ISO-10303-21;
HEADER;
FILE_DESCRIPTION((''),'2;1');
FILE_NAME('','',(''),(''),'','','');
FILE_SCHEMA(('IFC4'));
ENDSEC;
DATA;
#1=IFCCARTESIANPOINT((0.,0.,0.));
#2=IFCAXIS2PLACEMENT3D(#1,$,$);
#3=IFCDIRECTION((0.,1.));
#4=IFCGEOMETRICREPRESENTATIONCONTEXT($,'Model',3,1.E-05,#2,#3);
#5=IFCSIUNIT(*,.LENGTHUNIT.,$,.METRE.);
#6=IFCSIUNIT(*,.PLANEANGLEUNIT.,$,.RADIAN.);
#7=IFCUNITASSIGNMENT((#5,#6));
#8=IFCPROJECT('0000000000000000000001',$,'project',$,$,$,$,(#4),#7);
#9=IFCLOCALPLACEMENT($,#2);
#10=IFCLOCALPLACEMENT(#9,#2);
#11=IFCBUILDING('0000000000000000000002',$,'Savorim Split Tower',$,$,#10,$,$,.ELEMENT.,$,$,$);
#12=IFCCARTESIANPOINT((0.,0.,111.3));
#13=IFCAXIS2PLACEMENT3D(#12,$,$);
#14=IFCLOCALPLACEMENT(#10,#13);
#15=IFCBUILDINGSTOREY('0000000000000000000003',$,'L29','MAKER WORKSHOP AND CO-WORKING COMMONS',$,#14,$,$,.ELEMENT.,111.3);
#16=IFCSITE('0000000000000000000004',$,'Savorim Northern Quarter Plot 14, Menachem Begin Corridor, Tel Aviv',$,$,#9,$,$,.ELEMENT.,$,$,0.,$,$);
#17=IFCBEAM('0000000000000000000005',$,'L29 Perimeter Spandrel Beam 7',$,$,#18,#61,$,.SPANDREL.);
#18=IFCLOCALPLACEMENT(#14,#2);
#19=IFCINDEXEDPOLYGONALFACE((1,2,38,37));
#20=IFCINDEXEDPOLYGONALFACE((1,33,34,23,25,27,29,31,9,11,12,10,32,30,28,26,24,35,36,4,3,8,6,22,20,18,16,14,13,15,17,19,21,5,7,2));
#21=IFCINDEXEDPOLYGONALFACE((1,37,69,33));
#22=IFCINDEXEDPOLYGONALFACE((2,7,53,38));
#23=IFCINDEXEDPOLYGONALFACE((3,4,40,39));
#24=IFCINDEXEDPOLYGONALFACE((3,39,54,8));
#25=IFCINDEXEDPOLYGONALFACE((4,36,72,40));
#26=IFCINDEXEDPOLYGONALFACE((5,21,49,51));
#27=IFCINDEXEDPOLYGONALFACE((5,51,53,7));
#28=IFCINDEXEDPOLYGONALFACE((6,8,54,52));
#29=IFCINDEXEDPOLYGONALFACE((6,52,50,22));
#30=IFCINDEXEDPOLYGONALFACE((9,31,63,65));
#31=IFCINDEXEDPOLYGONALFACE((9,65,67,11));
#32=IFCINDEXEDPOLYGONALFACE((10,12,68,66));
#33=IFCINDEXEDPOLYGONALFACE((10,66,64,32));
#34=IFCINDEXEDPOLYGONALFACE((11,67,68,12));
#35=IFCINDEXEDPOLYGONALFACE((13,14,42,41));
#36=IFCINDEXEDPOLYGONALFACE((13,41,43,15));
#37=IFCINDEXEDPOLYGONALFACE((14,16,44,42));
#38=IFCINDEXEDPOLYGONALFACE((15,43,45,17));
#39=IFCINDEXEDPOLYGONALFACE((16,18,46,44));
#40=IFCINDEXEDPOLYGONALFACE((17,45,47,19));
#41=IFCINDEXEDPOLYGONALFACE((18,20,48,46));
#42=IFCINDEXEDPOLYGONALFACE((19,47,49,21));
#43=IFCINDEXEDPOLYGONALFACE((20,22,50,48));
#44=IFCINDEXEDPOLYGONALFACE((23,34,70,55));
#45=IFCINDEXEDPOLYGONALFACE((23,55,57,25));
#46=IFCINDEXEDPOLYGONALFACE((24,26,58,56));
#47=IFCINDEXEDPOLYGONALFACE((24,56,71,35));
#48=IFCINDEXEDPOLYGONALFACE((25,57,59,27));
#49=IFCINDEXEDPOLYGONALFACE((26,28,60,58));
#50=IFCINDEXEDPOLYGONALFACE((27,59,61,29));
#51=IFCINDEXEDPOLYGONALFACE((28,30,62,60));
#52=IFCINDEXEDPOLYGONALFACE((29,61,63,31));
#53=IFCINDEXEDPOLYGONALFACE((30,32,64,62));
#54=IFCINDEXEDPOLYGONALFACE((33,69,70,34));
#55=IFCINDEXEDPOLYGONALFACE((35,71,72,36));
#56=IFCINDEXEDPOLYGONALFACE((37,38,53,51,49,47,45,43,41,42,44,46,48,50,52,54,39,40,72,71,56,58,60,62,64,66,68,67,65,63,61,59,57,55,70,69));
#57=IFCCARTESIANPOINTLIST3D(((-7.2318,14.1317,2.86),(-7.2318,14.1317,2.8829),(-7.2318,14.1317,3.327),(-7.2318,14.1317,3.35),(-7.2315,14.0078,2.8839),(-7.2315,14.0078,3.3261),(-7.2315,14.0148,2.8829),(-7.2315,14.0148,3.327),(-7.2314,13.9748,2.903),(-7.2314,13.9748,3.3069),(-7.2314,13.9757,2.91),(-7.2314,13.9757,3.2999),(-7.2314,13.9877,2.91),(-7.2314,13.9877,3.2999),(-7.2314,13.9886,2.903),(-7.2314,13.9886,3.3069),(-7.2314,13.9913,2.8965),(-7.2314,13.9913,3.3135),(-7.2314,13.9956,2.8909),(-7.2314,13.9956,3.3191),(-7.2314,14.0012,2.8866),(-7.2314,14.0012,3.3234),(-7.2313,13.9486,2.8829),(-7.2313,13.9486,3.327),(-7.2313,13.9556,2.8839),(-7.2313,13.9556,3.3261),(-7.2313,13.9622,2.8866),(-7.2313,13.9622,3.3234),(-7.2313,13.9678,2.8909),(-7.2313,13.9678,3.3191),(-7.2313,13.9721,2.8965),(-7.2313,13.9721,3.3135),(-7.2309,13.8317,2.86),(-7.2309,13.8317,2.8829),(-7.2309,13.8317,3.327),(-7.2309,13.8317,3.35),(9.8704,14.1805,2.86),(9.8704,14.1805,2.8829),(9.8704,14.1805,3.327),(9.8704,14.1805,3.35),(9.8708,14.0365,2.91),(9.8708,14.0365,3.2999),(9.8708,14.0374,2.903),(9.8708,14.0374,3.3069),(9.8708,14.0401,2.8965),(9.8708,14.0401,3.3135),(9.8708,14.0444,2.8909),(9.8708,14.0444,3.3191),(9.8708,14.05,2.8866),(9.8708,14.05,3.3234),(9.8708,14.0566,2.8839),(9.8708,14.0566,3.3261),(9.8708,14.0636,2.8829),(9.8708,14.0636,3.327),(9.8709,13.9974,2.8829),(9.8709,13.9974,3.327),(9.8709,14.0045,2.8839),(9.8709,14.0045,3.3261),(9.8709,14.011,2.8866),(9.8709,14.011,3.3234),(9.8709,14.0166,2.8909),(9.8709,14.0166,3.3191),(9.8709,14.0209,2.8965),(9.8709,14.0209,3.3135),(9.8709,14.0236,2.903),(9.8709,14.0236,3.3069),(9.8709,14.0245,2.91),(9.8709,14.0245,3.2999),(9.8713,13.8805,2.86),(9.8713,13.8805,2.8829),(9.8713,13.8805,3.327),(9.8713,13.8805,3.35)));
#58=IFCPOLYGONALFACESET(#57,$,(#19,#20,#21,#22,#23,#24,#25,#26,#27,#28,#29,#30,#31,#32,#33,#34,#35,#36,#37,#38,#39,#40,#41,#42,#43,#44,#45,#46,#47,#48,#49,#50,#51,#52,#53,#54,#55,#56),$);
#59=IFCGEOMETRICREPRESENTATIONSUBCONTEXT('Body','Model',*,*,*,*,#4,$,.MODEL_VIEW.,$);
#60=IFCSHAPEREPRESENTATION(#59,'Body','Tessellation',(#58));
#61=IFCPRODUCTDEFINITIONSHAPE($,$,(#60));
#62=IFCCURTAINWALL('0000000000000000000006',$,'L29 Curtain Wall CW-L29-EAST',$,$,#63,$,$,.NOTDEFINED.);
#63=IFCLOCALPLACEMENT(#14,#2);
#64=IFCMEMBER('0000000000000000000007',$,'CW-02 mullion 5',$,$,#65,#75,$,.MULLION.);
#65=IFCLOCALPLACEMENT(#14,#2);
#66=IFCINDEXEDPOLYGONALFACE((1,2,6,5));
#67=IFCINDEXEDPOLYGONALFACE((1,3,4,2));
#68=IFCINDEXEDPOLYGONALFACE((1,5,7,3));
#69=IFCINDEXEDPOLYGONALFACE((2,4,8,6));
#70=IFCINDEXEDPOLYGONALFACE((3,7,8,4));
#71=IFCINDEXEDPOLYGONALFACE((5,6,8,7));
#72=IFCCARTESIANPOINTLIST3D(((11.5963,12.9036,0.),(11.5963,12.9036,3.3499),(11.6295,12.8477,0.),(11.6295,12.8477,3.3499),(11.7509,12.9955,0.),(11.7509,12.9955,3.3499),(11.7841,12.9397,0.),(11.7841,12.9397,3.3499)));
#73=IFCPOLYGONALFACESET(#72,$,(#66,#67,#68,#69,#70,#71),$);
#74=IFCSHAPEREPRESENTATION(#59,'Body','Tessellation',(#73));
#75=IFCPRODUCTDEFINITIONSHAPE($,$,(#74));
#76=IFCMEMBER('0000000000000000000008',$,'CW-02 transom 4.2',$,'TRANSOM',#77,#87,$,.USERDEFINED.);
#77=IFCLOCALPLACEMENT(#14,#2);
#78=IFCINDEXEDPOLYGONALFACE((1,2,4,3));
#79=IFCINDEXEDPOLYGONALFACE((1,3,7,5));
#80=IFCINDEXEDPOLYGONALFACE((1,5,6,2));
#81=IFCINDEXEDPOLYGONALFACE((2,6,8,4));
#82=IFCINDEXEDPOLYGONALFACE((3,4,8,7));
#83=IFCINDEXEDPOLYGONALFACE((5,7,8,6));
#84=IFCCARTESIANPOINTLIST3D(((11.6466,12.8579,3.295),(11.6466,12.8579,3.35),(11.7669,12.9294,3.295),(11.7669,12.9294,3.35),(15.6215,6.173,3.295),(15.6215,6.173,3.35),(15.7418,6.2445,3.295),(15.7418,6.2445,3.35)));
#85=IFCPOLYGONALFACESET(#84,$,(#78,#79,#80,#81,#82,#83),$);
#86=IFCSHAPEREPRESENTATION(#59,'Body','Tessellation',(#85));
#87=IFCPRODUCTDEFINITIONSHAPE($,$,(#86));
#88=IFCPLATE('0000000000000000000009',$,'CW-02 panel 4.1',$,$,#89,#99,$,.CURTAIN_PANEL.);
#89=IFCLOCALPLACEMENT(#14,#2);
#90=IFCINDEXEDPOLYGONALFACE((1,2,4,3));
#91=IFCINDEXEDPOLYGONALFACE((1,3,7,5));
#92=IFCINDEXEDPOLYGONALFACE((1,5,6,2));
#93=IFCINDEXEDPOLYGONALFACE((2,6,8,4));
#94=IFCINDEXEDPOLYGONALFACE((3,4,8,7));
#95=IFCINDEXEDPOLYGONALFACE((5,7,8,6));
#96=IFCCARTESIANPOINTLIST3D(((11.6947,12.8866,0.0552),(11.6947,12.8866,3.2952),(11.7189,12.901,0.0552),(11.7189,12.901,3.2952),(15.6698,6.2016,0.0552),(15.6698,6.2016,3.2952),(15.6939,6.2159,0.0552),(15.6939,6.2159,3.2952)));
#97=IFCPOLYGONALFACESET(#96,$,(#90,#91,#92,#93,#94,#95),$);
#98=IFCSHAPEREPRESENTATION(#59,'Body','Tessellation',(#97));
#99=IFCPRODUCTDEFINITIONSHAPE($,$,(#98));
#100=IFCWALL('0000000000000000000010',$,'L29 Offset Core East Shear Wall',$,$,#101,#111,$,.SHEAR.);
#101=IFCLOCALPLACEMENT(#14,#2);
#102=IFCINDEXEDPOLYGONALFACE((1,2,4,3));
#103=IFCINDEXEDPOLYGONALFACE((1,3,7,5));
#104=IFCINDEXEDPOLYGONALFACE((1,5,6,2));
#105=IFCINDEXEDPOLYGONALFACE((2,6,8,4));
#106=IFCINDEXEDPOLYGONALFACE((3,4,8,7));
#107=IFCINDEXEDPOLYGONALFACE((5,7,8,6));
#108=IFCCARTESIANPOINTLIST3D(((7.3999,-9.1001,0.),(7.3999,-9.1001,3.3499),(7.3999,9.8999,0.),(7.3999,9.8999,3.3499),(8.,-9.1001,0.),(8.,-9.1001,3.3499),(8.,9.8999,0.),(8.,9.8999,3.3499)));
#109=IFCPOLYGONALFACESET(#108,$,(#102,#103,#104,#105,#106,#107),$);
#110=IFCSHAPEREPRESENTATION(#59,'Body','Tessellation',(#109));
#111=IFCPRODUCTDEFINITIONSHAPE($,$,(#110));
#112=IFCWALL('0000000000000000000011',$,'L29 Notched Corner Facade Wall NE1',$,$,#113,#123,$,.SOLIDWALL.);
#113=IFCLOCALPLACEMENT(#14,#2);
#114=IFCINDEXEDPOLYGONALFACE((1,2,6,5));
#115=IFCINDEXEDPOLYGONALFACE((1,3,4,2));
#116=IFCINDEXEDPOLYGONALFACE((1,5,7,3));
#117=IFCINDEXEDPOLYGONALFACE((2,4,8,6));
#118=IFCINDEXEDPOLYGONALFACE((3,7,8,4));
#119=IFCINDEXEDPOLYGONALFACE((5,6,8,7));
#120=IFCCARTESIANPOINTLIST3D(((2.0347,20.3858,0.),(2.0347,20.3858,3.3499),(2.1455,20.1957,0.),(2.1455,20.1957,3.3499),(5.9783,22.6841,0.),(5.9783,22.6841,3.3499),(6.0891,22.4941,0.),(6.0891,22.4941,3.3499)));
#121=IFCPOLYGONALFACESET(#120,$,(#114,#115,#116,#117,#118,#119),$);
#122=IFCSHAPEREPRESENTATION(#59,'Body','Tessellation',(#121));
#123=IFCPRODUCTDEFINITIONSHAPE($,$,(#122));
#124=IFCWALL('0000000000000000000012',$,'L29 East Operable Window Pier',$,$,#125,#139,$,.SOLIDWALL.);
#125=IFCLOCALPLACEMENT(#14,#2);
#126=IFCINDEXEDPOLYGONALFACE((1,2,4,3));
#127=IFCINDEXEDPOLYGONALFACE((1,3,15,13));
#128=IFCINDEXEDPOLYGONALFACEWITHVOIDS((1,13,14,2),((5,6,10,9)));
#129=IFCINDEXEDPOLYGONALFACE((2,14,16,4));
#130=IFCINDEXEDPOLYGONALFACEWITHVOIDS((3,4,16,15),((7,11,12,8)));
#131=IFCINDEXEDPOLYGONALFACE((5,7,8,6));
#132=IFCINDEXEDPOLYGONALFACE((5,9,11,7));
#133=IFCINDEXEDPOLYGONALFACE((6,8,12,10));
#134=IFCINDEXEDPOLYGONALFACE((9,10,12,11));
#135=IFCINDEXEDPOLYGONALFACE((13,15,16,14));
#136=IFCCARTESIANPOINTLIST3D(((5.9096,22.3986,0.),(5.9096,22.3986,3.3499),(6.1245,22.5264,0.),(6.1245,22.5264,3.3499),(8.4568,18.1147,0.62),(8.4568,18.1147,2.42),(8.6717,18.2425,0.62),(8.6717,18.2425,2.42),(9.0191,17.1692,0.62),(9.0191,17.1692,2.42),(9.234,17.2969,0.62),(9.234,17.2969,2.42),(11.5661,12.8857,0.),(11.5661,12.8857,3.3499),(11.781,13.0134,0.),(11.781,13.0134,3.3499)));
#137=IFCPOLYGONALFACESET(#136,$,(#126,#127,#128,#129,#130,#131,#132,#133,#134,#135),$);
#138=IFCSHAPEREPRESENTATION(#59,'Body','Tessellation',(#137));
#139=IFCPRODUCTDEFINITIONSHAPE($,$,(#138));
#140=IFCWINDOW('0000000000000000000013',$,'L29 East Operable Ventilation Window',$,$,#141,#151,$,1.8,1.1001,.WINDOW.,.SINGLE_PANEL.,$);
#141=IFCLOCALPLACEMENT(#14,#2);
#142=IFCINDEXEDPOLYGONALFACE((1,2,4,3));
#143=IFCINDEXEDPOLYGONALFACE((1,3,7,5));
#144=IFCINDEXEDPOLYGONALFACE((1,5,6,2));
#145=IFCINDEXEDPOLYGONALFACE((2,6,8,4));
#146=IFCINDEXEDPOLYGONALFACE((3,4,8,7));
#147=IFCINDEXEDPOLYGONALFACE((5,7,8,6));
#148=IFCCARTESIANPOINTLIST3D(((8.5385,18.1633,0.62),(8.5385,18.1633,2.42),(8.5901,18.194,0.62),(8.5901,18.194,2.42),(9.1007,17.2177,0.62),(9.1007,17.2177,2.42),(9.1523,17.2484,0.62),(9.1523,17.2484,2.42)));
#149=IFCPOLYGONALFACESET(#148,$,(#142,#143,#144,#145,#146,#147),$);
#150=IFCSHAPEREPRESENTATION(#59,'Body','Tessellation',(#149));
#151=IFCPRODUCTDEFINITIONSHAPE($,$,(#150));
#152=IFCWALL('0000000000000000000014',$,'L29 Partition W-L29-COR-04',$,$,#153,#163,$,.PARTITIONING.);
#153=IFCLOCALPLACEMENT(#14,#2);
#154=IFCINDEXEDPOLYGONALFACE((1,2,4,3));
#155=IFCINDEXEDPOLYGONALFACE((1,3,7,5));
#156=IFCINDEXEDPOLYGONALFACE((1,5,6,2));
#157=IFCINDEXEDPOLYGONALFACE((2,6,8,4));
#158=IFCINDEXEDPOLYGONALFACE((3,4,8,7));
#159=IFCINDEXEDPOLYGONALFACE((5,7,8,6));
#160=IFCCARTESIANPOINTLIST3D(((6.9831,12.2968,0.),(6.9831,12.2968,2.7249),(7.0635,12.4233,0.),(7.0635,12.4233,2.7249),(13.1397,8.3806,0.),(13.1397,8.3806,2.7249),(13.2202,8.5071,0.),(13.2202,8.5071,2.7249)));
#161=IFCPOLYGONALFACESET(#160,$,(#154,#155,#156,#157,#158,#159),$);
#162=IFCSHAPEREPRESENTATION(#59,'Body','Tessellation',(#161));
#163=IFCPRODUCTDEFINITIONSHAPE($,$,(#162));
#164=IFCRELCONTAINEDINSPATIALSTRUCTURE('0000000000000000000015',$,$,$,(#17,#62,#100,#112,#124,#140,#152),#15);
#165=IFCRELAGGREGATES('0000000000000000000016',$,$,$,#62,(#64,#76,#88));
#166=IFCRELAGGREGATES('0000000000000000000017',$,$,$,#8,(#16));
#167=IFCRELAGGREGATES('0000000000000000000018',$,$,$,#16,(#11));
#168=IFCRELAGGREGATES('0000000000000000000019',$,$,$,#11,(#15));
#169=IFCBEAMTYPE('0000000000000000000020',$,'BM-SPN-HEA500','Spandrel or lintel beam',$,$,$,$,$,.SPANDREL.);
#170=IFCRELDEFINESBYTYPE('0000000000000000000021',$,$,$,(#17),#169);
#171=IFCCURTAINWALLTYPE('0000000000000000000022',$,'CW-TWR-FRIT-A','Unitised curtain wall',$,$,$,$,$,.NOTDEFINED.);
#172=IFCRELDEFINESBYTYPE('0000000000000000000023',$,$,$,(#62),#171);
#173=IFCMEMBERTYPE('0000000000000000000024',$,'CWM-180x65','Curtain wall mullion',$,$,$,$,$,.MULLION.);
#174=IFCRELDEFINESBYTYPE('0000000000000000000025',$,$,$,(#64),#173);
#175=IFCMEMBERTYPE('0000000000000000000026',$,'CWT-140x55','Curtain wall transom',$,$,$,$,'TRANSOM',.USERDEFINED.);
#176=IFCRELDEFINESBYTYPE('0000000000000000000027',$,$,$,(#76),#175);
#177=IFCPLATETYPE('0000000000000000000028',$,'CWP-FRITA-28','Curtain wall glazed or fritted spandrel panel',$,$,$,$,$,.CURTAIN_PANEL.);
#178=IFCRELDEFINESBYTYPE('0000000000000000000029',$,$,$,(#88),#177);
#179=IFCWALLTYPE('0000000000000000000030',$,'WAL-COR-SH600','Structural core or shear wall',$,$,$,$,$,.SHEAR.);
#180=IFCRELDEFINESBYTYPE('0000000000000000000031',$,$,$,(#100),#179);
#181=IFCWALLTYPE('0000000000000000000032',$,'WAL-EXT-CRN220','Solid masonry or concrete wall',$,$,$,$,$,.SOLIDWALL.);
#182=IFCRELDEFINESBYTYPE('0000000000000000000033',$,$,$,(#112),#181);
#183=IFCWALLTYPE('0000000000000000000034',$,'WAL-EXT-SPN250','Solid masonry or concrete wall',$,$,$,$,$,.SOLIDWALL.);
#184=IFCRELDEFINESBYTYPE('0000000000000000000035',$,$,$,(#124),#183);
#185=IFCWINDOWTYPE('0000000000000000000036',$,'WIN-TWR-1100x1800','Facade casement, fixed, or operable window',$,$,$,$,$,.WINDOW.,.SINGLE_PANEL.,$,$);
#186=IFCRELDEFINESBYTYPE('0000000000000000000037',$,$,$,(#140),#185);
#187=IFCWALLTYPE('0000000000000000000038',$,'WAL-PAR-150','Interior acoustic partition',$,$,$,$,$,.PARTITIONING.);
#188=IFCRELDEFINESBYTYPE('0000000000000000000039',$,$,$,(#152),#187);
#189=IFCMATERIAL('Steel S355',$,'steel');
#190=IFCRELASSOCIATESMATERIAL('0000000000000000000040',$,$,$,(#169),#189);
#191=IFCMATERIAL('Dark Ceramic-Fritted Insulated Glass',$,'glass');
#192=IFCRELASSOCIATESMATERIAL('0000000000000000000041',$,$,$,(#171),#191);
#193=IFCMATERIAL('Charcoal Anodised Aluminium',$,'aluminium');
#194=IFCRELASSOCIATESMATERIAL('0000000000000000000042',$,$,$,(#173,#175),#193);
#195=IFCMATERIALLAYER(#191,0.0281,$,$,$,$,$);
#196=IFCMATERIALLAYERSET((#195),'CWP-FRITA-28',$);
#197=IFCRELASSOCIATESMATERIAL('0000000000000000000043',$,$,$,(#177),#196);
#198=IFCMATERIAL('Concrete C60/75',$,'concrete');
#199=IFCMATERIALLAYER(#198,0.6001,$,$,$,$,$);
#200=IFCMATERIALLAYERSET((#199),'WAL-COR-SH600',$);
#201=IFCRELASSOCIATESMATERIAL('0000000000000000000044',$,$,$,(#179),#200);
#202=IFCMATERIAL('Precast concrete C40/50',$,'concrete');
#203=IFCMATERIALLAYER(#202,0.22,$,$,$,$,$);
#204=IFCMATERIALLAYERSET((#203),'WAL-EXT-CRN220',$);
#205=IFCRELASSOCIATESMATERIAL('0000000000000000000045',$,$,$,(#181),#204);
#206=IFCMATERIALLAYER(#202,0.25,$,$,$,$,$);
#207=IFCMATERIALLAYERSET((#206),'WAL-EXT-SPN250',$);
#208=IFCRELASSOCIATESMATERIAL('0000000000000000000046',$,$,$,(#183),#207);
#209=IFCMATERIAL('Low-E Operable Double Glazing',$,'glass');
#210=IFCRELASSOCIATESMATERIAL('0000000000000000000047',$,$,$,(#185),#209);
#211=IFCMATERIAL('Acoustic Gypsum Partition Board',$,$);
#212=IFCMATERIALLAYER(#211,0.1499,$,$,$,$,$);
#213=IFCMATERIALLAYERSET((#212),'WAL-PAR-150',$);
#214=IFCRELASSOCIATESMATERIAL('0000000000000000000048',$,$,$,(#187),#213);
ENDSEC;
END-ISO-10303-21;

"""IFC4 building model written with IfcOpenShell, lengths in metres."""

from ifc_helpers import new_model, si_unit, direction, frame, frame_2d, origin, origin_2d, place, context, subcontext, project, spatial, rectangle, i_section, extrude, material, layer, layer_set, material_profile, profile_set, type_object, element, fill, aggregate, save


model = new_model("IFC4")

# Units and contexts
model_context = context("Model", 3, precision=1e-05, world=origin(), true_north=direction((0.0, 1.0)))
body_context = subcontext(model_context, "Body", "Model", "MODEL_VIEW")
ifc_project = project(units=[si_unit("LENGTHUNIT", "METRE"), si_unit("PLANEANGLEUNIT", "RADIAN")], contexts=[model_context])

# Site, building, storey
site_placement = place(None, origin())
site = spatial("IfcSite", under=ifc_project, at=site_placement, Name="Savorim Northern Quarter Plot 14, Menachem Begin Corridor, Tel Aviv", CompositionType="ELEMENT", RefElevation=0.0)
building_placement = place(site_placement, origin())
building = spatial("IfcBuilding", under=site, at=building_placement, Name="Savorim Split Tower", CompositionType="ELEMENT")
storey_placement = place(building_placement, frame((0.0, 0.0, 111.3)))
storey = spatial("IfcBuildingStorey", under=building, at=storey_placement, Name="L29", Description="MAKER WORKSHOP AND CO-WORKING COMMONS", CompositionType="ELEMENT", Elevation=111.3)

# Beam
ifc_material_1 = material(Name="Steel S355", Category="steel")
ifc_material_profile_1 = material_profile(ifc_material_1, i_section(OverallWidth=0.3, OverallDepth=0.49, WebThickness=0.012, FlangeThickness=0.0229, FilletRadius=0.0271, at=origin_2d()), Name="HEA 500")
ifc_profile_set_1 = profile_set([ifc_material_profile_1], Name="Steel S355")
beam_type_1 = type_object("IfcBeamType", Name="BM-SPN-HEA500", Description="Spandrel or lintel beam", PredefinedType="SPANDREL", material=ifc_profile_set_1)
beam_1_placement = place(storey_placement, frame((9.8708, 14.0305, 3.105), z_axis=(-0.999996, -0.002855, 0.0), x_axis=(0.002855, -0.999996, 0.0)))
element("IfcBeam", 1, at=beam_1_placement, inside=storey, type_object=beam_type_1, Name="L29 Perimeter Spandrel Beam 7", PredefinedType="SPANDREL", context=body_context, shape_type="SweptSolid", body=[
    extrude(i_section(OverallWidth=0.3, OverallDepth=0.49, WebThickness=0.012, FlangeThickness=0.0229, FilletRadius=0.0271, at=origin_2d()), origin(), (0.0, 0.0, 1.0), 17.1023),
])

# Curtain wall, members, plate
ifc_material_2 = material(Name="Dark Ceramic-Fritted Insulated Glass", Category="glass")
curtain_wall_type = type_object("IfcCurtainWallType", Name="CW-TWR-FRIT-A", Description="Unitised curtain wall", PredefinedType="NOTDEFINED", material=ifc_material_2)
curtain_wall_placement = place(storey_placement, origin())
curtain_wall = element("IfcCurtainWall", 2, at=curtain_wall_placement, inside=storey, type_object=curtain_wall_type, Name="L29 Curtain Wall CW-L29-EAST", PredefinedType="NOTDEFINED")
ifc_material_3 = material(Name="Charcoal Anodised Aluminium", Category="aluminium")
ifc_material_profile_2 = material_profile(ifc_material_3, rectangle(XDim=0.1799, YDim=0.0649, at=origin_2d()), Name="ALU-M 180x65")
ifc_profile_set_2 = profile_set([ifc_material_profile_2], Name="Charcoal Anodised Aluminium")
member_type_1 = type_object("IfcMemberType", Name="CWM-180x65", Description="Curtain wall mullion", PredefinedType="MULLION", material=ifc_profile_set_2)
member_1_placement = place(storey_placement, frame((11.6902, 12.9216, 0.0), z_axis=(0.0, 0.0, 1.0), x_axis=(-0.859525, -0.511093, 0.0)))
member_1 = element("IfcMember", 3, at=member_1_placement, type_object=member_type_1, Name="CW-02 mullion 5", PredefinedType="MULLION", context=body_context, shape_type="SweptSolid", body=[
    extrude(rectangle(XDim=0.1799, YDim=0.0649, at=origin_2d()), origin(), (0.0, 0.0, 1.0), 3.3499),
])
ifc_material_profile_3 = material_profile(ifc_material_3, rectangle(XDim=0.1399, YDim=0.0549, at=origin_2d()), Name="ALU-T 140x55")
ifc_profile_set_3 = profile_set([ifc_material_profile_3], Name="Charcoal Anodised Aluminium")
member_type_2 = type_object("IfcMemberType", Name="CWT-140x55", Description="Curtain wall transom", ElementType="TRANSOM", PredefinedType="USERDEFINED", material=ifc_profile_set_3)
member_2_placement = place(storey_placement, frame((15.6816, 6.2087, 3.3225), z_axis=(-0.511085, 0.85953, 0.0), x_axis=(-0.85953, -0.511085, 0.0)))
member_2 = element("IfcMember", 4, at=member_2_placement, type_object=member_type_2, Name="CW-02 transom 4.2", ObjectType="TRANSOM", PredefinedType="USERDEFINED", context=body_context, shape_type="SweptSolid", body=[
    extrude(rectangle(XDim=0.1399, YDim=0.0549, at=origin_2d()), origin(), (0.0, 0.0, 1.0), 7.7773),
])
ifc_layer_1 = layer(ifc_material_2, 0.0281)
ifc_layer_set_1 = layer_set([ifc_layer_1], Name="CWP-FRITA-28")
plate_type = type_object("IfcPlateType", Name="CWP-FRITA-28", Description="Curtain wall glazed or fritted spandrel panel", PredefinedType="CURTAIN_PANEL", material=ifc_layer_set_1)
plate_placement = place(storey_placement, frame((13.6943, 9.5513, 0.0552), z_axis=(0.0, 0.0, 1.0), x_axis=(-0.511093, 0.859525, 0.0)))
plate = element("IfcPlate", 5, at=plate_placement, type_object=plate_type, Name="CW-02 panel 4.1", PredefinedType="CURTAIN_PANEL", context=body_context, shape_type="SweptSolid", body=[
    extrude(rectangle(XDim=7.7776, YDim=0.0281, at=origin_2d()), origin(), (0.0, 0.0, 1.0), 3.24),
])
aggregate(curtain_wall, [member_1, member_2, plate])

# Shared definitions
ifc_material_4 = material(Name="Concrete C60/75", Category="concrete")
ifc_layer_2 = layer(ifc_material_4, 0.6001)
ifc_layer_set_2 = layer_set([ifc_layer_2], Name="WAL-COR-SH600")
wall_type_1 = type_object("IfcWallType", Name="WAL-COR-SH600", Description="Structural core or shear wall", PredefinedType="SHEAR", material=ifc_layer_set_2)

# Walls
wall_1_placement = place(storey_placement, frame((7.7, 9.8999, 0.0), z_axis=(0.0, 0.0, 1.0), x_axis=(0.0, -1.0, 0.0)))
element("IfcWall", 6, at=wall_1_placement, inside=storey, type_object=wall_type_1, Name="L29 Offset Core East Shear Wall", PredefinedType="SHEAR", context=body_context, shape_type="SweptSolid", body=[
    extrude(rectangle(XDim=19.0, YDim=0.6001, at=frame_2d((9.5, 0.0))), origin(), (0.0, 0.0, 1.0), 3.3499),
])
ifc_material_5 = material(Name="Precast concrete C40/50", Category="concrete")
ifc_layer_3 = layer(ifc_material_5, 0.22)
ifc_layer_set_3 = layer_set([ifc_layer_3], Name="WAL-EXT-CRN220")
wall_type_2 = type_object("IfcWallType", Name="WAL-EXT-CRN220", Description="Solid masonry or concrete wall", PredefinedType="SOLIDWALL", material=ifc_layer_set_3)
wall_2_placement = place(storey_placement, frame((2.0901, 20.2908, 0.0), z_axis=(0.0, 0.0, 1.0), x_axis=(0.863979, 0.503528, 0.0)))
element("IfcWall", 7, at=wall_2_placement, inside=storey, type_object=wall_type_2, Name="L29 Notched Corner Facade Wall NE1", PredefinedType="SOLIDWALL", context=body_context, shape_type="SweptSolid", body=[
    extrude(rectangle(XDim=4.5645, YDim=0.22, at=frame_2d((2.2822, 0.0))), origin(), (0.0, 0.0, 1.0), 3.3499),
])

# Wall, opening, window
ifc_layer_4 = layer(ifc_material_5, 0.25)
ifc_layer_set_4 = layer_set([ifc_layer_4], Name="WAL-EXT-SPN250")
wall_type_3 = type_object("IfcWallType", Name="WAL-EXT-SPN250", Description="Solid masonry or concrete wall", PredefinedType="SOLIDWALL", material=ifc_layer_set_4)
wall_3_placement = place(storey_placement, frame((6.0171, 22.4624, 0.0), z_axis=(0.0, 0.0, 1.0), x_axis=(0.511086, -0.85953, 0.0)))
wall_3 = element("IfcWall", 8, at=wall_3_placement, inside=storey, type_object=wall_type_3, Name="L29 East Operable Window Pier", PredefinedType="SOLIDWALL", context=body_context, shape_type="SweptSolid", body=[
    extrude(rectangle(XDim=11.0676, YDim=0.25, at=frame_2d((5.5337, 0.0))), origin(), (0.0, 0.0, 1.0), 3.3499),
])
opening_1_placement = place(wall_3_placement, frame((4.9839, 0.0, 0.6201)))
opening_1 = element("IfcOpeningElement", 9, at=opening_1_placement, cuts=wall_3, PredefinedType="OPENING", context=body_context, shape_type="SweptSolid", body=[
    extrude(rectangle(XDim=1.1001, YDim=1.8, at=frame_2d((0.55, 0.8999))), frame((0.0, 0.135, 0.0), z_axis=(0.0, -1.0, 0.0), x_axis=(1.0, 0.0, 0.0)), (0.0, 0.0, 1.0), 0.27),
])
ifc_material_6 = material(Name="Low-E Operable Double Glazing", Category="glass")
window_type = type_object("IfcWindowType", Name="WIN-TWR-1100x1800", Description="Facade casement, fixed, or operable window", PartitioningType="SINGLE_PANEL", PredefinedType="WINDOW", material=ifc_material_6)
window_placement = place(opening_1_placement, origin())
window = element("IfcWindow", 10, at=window_placement, inside=storey, type_object=window_type, Name="L29 East Operable Ventilation Window", OverallHeight=1.8, OverallWidth=1.1001, PartitioningType="SINGLE_PANEL", PredefinedType="WINDOW", context=body_context, shape_type="SweptSolid", body=[
    extrude(rectangle(XDim=1.1001, YDim=1.8, at=frame_2d((0.55, 0.8999))), frame((0.0, 0.03, 0.0), z_axis=(0.0, -1.0, 0.0), x_axis=(1.0, 0.0, 0.0)), (0.0, 0.0, 1.0), 0.0601),
])
fill(opening_1, window)

# Wall
ifc_material_7 = material(Name="Acoustic Gypsum Partition Board")
ifc_layer_5 = layer(ifc_material_7, 0.1499)
ifc_layer_set_5 = layer_set([ifc_layer_5], Name="WAL-PAR-150")
wall_type_4 = type_object("IfcWallType", Name="WAL-PAR-150", Description="Interior acoustic partition", PredefinedType="PARTITIONING", material=ifc_layer_set_5)
wall_4_placement = place(storey_placement, frame((7.0232, 12.3601, 0.0), z_axis=(0.0, 0.0, 1.0), x_axis=(0.843765, -0.536713, 0.0)))
element("IfcWall", 11, at=wall_4_placement, inside=storey, type_object=wall_type_4, Name="L29 Partition W-L29-COR-04", PredefinedType="PARTITIONING", context=body_context, shape_type="SweptSolid", body=[
    extrude(rectangle(XDim=7.2966, YDim=0.1499, at=frame_2d((3.6484, 0.0))), origin(), (0.0, 0.0, 1.0), 2.7249),
])

save(model, "model.ifc")
